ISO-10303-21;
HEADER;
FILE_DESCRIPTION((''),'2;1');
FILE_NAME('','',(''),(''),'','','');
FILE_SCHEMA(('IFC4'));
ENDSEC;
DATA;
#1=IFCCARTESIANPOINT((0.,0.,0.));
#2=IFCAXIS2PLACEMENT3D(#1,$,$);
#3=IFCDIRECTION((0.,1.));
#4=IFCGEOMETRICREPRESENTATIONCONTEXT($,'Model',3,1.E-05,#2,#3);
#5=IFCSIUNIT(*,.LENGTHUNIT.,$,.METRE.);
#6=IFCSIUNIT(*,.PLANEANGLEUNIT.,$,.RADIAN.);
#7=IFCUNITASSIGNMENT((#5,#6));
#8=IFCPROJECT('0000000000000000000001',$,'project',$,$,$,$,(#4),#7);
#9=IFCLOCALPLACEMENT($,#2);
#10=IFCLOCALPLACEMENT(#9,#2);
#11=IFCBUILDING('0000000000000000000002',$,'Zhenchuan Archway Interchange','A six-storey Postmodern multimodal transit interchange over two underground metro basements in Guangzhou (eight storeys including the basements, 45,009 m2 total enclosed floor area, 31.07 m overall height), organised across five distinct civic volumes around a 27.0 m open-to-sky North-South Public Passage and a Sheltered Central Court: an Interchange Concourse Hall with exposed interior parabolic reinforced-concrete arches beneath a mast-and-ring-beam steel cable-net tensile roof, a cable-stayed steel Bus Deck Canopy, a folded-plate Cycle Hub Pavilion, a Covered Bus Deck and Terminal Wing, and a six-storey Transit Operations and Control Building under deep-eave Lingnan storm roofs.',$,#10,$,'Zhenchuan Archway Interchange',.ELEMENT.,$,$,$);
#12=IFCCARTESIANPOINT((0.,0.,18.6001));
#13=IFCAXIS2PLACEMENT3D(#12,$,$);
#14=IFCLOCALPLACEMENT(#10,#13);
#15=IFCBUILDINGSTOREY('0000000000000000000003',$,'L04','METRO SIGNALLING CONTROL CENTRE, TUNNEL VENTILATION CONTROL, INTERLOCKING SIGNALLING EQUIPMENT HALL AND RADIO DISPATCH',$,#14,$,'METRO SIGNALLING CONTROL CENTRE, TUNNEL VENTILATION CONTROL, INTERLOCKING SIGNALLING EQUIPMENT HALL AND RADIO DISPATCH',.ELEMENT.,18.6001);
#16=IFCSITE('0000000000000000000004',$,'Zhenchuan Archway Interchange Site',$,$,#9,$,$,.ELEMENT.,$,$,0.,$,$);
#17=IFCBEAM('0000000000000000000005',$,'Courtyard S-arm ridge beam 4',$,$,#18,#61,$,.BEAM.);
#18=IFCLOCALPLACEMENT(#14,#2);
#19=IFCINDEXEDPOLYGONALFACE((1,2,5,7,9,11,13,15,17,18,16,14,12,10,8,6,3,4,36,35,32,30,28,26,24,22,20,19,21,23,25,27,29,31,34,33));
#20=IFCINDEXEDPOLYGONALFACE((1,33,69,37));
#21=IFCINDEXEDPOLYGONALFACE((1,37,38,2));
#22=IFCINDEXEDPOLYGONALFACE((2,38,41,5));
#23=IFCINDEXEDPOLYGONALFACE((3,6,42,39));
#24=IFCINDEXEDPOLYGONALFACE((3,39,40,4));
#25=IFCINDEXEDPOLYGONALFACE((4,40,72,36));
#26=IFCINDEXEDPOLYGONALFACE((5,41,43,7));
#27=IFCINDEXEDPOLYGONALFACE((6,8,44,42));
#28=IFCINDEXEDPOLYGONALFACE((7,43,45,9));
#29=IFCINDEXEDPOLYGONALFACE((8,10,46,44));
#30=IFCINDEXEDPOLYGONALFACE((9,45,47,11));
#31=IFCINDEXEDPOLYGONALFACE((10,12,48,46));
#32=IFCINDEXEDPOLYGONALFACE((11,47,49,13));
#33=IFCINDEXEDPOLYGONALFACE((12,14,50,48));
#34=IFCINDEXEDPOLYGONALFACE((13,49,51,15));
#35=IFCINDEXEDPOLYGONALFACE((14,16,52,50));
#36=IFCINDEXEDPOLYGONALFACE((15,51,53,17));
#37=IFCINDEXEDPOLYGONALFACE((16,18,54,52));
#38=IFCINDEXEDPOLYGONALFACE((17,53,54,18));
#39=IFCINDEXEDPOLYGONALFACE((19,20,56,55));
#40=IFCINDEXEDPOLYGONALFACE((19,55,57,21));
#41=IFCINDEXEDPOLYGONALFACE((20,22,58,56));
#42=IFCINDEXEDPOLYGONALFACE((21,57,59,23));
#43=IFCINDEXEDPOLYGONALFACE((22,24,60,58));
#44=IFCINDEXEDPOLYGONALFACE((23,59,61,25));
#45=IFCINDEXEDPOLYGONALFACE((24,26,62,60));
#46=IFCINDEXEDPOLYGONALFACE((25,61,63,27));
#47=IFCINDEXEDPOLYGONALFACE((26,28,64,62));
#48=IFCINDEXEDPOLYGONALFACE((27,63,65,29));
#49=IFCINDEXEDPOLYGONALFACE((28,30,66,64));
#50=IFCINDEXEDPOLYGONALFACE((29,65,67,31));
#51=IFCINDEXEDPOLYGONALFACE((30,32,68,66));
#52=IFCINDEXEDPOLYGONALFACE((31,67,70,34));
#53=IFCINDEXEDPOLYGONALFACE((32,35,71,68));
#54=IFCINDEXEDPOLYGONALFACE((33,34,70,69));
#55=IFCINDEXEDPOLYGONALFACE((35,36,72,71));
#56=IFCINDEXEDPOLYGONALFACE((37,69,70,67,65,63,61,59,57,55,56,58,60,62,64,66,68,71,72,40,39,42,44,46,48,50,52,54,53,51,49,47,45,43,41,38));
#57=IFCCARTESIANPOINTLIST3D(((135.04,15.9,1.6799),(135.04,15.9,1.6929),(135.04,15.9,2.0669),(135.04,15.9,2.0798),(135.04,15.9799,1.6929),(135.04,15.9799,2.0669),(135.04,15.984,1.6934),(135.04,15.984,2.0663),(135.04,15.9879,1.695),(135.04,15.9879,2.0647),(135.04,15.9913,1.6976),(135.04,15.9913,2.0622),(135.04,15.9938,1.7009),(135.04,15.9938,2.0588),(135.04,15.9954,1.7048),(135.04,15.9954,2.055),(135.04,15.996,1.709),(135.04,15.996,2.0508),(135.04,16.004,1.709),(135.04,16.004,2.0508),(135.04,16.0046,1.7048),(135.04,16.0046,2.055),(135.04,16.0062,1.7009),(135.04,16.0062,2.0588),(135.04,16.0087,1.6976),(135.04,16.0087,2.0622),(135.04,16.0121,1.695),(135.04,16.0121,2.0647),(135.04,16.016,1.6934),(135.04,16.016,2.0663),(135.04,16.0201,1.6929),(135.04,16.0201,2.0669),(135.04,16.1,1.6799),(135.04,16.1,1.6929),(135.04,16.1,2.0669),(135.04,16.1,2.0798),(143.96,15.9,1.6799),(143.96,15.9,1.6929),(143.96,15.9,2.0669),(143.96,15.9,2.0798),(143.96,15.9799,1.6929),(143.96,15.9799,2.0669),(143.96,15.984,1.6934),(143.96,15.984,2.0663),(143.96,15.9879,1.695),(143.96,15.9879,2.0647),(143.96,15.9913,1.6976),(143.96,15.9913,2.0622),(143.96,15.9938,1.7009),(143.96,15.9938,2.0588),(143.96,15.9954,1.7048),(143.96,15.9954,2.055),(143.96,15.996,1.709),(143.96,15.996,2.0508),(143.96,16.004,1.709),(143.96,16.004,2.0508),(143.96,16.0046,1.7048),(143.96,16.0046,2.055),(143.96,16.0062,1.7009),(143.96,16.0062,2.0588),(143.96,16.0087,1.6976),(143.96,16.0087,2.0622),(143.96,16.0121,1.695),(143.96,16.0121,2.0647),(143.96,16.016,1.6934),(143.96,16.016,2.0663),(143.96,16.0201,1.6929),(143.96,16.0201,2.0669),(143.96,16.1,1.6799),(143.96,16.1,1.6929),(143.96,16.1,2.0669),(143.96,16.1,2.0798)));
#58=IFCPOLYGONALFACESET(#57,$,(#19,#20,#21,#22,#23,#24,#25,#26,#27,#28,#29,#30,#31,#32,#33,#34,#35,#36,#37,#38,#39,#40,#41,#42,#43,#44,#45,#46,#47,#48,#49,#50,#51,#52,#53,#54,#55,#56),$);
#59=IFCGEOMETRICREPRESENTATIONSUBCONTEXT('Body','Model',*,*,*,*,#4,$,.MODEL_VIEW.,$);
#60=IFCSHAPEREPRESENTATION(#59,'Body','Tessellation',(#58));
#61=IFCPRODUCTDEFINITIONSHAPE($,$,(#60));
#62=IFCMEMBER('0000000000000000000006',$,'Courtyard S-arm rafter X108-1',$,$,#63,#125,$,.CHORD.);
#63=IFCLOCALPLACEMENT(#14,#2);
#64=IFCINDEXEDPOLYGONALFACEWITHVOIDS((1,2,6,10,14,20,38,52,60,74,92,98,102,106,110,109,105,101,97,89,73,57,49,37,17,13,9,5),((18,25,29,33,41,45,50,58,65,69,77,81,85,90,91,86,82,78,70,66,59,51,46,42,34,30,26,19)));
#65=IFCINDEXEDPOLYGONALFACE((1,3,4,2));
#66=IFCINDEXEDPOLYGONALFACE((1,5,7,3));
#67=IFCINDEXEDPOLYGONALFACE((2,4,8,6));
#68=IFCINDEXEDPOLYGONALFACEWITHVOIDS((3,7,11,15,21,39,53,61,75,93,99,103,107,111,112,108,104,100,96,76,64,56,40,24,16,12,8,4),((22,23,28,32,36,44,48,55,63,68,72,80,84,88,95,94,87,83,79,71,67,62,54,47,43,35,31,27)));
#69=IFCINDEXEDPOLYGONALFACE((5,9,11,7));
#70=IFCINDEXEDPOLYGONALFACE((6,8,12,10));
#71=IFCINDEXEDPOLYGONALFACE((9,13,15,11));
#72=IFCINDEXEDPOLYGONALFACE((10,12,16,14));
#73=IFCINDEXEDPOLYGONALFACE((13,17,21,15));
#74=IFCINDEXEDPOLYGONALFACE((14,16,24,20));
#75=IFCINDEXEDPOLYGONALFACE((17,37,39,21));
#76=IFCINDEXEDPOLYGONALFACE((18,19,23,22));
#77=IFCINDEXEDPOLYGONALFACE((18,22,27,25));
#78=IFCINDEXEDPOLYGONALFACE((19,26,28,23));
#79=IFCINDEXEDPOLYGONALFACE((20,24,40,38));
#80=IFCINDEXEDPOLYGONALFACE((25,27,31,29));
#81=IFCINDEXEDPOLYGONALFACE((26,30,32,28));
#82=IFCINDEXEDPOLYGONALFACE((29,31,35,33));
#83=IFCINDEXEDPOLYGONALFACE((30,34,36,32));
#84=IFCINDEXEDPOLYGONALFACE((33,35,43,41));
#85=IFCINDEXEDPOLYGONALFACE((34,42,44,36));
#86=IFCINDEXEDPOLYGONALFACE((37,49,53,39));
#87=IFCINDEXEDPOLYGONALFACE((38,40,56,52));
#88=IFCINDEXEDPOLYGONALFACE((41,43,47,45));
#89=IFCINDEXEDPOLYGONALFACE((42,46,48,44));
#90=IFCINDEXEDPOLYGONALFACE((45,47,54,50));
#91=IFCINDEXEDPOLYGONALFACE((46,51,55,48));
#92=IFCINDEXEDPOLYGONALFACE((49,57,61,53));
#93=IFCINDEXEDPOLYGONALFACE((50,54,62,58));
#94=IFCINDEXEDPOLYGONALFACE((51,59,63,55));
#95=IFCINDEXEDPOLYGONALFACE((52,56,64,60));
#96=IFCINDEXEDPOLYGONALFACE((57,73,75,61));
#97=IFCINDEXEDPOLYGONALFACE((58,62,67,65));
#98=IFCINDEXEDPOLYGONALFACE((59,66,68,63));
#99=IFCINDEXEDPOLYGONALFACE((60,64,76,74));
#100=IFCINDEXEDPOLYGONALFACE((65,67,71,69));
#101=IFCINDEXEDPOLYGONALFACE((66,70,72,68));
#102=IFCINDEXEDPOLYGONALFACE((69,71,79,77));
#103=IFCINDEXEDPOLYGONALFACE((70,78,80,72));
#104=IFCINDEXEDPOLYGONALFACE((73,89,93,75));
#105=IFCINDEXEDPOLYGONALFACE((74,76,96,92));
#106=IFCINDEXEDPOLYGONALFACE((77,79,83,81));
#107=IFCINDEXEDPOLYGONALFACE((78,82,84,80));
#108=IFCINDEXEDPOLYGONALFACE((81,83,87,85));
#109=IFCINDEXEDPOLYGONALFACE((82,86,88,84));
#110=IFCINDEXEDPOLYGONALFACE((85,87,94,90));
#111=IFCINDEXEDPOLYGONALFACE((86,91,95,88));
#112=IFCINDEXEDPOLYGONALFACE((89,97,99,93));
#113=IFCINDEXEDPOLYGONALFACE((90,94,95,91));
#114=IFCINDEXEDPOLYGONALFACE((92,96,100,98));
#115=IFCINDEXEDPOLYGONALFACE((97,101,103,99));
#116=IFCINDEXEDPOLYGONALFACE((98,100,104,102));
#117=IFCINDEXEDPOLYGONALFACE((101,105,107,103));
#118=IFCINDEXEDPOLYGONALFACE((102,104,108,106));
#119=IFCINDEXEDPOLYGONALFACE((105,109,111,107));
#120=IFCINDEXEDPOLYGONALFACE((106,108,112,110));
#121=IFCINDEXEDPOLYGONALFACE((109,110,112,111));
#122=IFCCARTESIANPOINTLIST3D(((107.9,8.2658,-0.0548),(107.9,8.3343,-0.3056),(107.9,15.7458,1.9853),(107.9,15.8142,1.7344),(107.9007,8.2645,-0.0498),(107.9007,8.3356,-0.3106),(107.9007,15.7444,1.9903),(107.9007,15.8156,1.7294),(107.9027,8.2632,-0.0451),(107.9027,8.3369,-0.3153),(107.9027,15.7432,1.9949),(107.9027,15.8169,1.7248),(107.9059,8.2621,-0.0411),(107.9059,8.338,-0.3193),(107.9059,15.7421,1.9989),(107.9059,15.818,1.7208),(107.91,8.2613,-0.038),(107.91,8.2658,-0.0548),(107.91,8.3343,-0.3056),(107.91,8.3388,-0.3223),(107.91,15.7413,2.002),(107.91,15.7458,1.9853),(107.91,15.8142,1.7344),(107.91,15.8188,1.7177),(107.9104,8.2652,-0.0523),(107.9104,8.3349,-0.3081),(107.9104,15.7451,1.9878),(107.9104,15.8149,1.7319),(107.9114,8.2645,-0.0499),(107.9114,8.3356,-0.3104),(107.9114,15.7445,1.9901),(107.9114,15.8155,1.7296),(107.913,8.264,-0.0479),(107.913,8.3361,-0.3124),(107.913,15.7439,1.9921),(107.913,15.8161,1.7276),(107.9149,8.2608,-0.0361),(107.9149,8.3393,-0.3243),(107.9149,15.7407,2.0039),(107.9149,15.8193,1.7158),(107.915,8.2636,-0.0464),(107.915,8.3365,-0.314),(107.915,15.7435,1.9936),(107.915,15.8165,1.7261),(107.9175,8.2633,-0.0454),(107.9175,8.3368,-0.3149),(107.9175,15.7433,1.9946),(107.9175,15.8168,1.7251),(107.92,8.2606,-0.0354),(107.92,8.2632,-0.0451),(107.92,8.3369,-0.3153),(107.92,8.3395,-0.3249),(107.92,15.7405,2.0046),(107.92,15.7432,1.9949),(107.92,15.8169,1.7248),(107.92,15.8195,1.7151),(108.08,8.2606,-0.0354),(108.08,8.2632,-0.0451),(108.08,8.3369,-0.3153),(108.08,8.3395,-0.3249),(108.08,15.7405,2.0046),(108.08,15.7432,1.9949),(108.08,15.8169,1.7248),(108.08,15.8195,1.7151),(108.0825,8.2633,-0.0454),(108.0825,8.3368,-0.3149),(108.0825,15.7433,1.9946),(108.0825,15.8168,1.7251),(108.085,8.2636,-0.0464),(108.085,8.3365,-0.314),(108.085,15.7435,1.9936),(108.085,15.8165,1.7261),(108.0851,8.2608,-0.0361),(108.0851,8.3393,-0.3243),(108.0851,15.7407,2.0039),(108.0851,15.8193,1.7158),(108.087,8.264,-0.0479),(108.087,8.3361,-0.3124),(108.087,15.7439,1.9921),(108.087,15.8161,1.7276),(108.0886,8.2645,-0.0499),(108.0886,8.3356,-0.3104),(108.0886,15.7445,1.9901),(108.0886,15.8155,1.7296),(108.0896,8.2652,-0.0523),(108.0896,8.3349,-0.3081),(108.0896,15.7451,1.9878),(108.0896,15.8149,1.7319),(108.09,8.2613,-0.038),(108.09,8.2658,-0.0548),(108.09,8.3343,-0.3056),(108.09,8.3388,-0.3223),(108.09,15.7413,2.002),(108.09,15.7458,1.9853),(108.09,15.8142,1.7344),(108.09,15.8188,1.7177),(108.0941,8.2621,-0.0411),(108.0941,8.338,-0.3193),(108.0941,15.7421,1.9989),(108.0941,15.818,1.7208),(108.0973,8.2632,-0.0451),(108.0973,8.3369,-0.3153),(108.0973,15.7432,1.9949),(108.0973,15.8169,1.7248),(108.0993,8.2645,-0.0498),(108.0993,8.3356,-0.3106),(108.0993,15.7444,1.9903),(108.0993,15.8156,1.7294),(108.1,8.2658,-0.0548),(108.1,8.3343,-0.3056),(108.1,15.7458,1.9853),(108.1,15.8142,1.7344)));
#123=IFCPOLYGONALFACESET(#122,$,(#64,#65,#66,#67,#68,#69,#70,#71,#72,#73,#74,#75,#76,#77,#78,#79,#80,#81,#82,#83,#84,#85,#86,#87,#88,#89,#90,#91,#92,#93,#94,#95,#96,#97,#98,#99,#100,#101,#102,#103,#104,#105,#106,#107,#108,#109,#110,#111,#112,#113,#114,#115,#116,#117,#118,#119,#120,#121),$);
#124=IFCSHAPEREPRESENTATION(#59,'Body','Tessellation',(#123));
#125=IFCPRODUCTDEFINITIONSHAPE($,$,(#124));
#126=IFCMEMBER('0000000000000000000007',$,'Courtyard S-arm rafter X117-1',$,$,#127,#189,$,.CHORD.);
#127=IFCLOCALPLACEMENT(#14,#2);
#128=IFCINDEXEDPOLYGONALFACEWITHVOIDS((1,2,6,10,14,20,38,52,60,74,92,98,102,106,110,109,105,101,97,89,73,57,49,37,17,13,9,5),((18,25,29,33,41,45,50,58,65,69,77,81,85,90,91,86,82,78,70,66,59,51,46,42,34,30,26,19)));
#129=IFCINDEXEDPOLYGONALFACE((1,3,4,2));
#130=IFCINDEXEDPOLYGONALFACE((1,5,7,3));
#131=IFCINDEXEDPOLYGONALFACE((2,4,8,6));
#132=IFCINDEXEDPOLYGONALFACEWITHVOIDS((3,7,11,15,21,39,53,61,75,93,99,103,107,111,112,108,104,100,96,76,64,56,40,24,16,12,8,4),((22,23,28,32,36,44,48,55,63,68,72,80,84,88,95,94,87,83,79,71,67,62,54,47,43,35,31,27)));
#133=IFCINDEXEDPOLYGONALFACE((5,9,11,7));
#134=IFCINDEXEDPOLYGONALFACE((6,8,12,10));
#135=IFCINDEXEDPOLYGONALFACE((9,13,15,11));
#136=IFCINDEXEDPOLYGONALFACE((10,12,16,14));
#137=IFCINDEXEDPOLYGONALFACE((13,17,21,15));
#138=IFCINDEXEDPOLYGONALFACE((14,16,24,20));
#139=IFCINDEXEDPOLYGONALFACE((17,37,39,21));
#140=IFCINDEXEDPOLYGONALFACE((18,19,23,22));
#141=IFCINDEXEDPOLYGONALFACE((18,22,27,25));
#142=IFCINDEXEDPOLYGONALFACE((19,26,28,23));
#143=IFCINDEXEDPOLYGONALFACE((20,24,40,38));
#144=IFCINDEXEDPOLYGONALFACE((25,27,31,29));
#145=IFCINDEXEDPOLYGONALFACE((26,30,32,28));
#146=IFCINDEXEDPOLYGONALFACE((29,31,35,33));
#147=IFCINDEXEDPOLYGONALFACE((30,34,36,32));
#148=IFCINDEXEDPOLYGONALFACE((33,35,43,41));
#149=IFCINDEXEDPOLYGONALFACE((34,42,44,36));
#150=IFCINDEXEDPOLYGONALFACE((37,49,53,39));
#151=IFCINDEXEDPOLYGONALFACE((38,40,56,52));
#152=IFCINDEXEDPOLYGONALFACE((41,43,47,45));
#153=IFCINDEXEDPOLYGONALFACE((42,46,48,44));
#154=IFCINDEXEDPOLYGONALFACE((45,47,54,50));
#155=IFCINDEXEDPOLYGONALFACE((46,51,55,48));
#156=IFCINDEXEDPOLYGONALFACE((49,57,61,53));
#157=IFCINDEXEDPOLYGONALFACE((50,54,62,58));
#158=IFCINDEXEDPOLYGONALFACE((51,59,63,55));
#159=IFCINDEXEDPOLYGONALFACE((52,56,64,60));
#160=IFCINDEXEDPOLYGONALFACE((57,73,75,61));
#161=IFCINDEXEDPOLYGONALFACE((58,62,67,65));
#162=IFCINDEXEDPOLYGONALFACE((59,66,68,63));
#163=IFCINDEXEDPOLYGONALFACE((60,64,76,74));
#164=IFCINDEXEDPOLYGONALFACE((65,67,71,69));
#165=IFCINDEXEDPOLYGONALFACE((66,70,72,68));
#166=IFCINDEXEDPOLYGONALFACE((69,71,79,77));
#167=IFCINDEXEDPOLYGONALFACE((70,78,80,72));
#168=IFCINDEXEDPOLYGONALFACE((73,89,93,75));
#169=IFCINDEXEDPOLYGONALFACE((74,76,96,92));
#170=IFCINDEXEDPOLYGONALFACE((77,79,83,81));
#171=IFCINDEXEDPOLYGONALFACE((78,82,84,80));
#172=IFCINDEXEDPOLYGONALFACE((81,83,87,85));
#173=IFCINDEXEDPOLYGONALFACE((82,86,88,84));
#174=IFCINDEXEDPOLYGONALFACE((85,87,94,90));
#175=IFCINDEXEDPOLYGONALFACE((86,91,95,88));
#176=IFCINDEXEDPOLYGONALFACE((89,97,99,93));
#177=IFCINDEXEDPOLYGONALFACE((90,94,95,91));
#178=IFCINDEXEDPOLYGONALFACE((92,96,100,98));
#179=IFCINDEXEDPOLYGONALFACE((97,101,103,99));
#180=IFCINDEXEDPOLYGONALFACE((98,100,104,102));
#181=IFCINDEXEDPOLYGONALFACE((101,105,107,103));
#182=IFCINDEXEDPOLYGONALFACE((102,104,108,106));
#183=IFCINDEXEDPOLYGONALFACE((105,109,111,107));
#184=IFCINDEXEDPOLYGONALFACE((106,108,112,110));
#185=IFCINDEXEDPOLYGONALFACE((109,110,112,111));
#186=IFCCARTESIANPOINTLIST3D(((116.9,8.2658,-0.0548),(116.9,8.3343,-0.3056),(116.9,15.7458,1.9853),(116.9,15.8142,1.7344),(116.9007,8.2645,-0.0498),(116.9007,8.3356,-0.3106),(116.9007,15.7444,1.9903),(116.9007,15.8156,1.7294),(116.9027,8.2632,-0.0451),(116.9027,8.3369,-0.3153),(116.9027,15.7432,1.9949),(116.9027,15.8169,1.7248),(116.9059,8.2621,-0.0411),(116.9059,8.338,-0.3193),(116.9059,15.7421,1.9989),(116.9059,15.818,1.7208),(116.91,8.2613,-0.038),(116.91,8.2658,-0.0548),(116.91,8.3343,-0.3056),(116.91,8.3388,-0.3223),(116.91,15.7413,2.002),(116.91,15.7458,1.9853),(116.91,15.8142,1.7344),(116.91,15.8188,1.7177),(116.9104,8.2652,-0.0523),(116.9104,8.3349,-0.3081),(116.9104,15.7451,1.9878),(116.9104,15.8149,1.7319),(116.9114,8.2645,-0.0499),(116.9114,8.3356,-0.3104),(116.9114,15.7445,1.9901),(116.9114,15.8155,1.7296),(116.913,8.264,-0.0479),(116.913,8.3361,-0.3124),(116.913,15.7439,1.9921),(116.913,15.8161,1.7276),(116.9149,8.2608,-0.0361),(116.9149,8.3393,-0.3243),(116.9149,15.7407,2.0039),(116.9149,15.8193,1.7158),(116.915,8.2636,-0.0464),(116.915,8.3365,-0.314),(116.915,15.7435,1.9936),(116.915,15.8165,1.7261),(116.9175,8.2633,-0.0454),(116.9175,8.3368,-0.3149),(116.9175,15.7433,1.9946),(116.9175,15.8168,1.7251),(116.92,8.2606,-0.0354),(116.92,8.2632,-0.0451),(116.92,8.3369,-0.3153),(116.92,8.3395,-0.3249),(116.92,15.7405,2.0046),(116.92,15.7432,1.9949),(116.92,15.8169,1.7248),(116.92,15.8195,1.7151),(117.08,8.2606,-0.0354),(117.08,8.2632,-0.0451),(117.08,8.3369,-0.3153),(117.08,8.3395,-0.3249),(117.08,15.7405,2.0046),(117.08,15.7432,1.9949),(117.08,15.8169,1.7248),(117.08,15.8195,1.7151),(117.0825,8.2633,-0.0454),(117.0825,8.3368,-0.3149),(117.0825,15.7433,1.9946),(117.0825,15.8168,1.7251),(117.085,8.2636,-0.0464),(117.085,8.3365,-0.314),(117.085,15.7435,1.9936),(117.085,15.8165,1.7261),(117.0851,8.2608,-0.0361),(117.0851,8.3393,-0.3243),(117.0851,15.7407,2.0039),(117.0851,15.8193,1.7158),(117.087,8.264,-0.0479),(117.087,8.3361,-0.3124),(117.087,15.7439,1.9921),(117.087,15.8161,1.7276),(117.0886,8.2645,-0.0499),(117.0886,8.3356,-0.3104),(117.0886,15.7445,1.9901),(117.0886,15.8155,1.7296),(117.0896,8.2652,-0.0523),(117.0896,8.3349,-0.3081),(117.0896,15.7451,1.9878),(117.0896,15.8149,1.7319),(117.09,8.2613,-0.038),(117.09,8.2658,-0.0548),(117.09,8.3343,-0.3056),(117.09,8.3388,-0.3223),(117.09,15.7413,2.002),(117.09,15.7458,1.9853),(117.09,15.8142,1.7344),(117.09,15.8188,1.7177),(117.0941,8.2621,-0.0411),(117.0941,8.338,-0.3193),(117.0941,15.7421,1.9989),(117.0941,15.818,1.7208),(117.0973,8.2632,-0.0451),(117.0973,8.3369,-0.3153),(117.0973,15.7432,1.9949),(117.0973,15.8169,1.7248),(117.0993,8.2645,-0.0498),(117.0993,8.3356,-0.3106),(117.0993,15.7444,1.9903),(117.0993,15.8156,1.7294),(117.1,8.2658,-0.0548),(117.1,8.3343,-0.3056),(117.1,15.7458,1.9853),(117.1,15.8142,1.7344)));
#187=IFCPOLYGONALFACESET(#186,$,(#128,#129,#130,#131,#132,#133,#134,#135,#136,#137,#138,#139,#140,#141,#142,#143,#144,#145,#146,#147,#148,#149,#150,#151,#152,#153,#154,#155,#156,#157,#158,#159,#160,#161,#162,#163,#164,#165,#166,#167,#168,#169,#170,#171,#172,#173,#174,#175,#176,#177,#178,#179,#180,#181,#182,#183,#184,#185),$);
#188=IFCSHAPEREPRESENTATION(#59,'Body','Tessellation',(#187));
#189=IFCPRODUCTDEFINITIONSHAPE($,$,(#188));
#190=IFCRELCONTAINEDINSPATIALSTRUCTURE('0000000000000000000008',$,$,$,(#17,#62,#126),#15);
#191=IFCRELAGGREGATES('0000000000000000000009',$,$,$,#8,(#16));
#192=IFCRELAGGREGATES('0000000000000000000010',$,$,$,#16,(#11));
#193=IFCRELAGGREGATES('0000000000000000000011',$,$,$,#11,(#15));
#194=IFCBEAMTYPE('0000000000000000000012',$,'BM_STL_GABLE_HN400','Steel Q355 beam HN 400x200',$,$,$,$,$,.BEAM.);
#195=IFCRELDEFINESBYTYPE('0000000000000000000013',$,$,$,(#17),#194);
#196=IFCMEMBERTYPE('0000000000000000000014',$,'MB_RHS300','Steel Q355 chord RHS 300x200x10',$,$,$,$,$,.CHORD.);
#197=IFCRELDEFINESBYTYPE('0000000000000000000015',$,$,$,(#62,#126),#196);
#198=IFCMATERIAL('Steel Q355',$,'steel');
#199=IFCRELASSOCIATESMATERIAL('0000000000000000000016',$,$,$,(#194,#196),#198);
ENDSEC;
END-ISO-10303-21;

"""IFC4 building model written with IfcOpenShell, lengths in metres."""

from ifc_helpers import new_model, si_unit, direction, frame, origin, origin_2d, place, context, subcontext, project, spatial, hollow_rectangle, i_section, extrude, material, material_profile, profile_set, type_object, element, save


model = new_model("IFC4")

# Units and contexts
model_context = context("Model", 3, precision=1e-05, world=origin(), true_north=direction((0.0, 1.0)))
body_context = subcontext(model_context, "Body", "Model", "MODEL_VIEW")
ifc_project = project(units=[si_unit("LENGTHUNIT", "METRE"), si_unit("PLANEANGLEUNIT", "RADIAN")], contexts=[model_context])

# Site, building, storey
site_placement = place(None, origin())
site = spatial("IfcSite", under=ifc_project, at=site_placement, Name="Zhenchuan Archway Interchange Site", CompositionType="ELEMENT", RefElevation=0.0)
building_placement = place(site_placement, origin())
building = spatial("IfcBuilding", under=site, at=building_placement, Name="Zhenchuan Archway Interchange", Description="A six-storey Postmodern multimodal transit interchange over two underground metro basements in Guangzhou (eight storeys including the basements, 45,009 m2 total enclosed floor area, 31.07 m overall height), organised across five distinct civic volumes around a 27.0 m open-to-sky North-South Public Passage and a Sheltered Central Court: an Interchange Concourse Hall with exposed interior parabolic reinforced-concrete arches beneath a mast-and-ring-beam steel cable-net tensile roof, a cable-stayed steel Bus Deck Canopy, a folded-plate Cycle Hub Pavilion, a Covered Bus Deck and Terminal Wing, and a six-storey Transit Operations and Control Building under deep-eave Lingnan storm roofs.", LongName="Zhenchuan Archway Interchange", CompositionType="ELEMENT")
storey_placement = place(building_placement, frame((0.0, 0.0, 18.6001)))
storey = spatial("IfcBuildingStorey", under=building, at=storey_placement, Name="L04", Description="METRO SIGNALLING CONTROL CENTRE, TUNNEL VENTILATION CONTROL, INTERLOCKING SIGNALLING EQUIPMENT HALL AND RADIO DISPATCH", LongName="METRO SIGNALLING CONTROL CENTRE, TUNNEL VENTILATION CONTROL, INTERLOCKING SIGNALLING EQUIPMENT HALL AND RADIO DISPATCH", CompositionType="ELEMENT", Elevation=18.6001)

# Shared definitions
ifc_material_1 = material(Name="Steel Q355", Category="steel")

# Beam
ifc_material_profile_1 = material_profile(ifc_material_1, i_section(OverallWidth=0.2, OverallDepth=0.3999, WebThickness=0.0081, FlangeThickness=0.0129, FilletRadius=0.0161, at=origin_2d()), Name="HN 400x200")
ifc_profile_set_1 = profile_set([ifc_material_profile_1], Name="Steel Q355")
beam_type_1 = type_object("IfcBeamType", Name="BM_STL_GABLE_HN400", Description="Steel Q355 beam HN 400x200", PredefinedType="BEAM", material=ifc_profile_set_1)
for number, where, z_axis, x_axis, name in (
    (1, (135.04, 16.0, 1.8799), (1.0, 0.0, 0.0), (0.0, 1.0, 0.0), "Courtyard S-arm ridge beam 4"),
):
    element("IfcBeam", number, at=place(storey_placement, frame(where, z_axis=z_axis, x_axis=x_axis)), inside=storey, type_object=beam_type_1, Name=name, PredefinedType="BEAM", context=body_context, shape_type="SweptSolid", body=[
        extrude(i_section(OverallWidth=0.2, OverallDepth=0.3999, WebThickness=0.0081, FlangeThickness=0.0129, FilletRadius=0.0161, at=origin_2d()), origin(), (0.0, 0.0, 1.0), 8.9199),
    ])

# Members
ifc_material_profile_2 = material_profile(ifc_material_1, hollow_rectangle(XDim=0.2, YDim=0.3, WallThickness=0.01, InnerFilletRadius=0.01, OuterFilletRadius=0.02, at=origin_2d()), Name="RHS 300x200x10")
ifc_profile_set_2 = profile_set([ifc_material_profile_2], Name="Steel Q355")
member_type = type_object("IfcMemberType", Name="MB_RHS300", Description="Steel Q355 chord RHS 300x200x10", PredefinedType="CHORD", material=ifc_profile_set_2)
for number, where, z_axis, x_axis, name in (
    (2, (108.0, 8.3, -0.1802), (0.0, 0.964762, 0.263123), (-1.0, 0.0, 0.0), "Courtyard S-arm rafter X108-1"),
    (3, (117.0, 8.3, -0.1802), (0.0, 0.964762, 0.263123), (-1.0, 0.0, 0.0), "Courtyard S-arm rafter X117-1"),
):
    element("IfcMember", number, at=place(storey_placement, frame(where, z_axis=z_axis, x_axis=x_axis)), inside=storey, type_object=member_type, Name=name, PredefinedType="CHORD", context=body_context, shape_type="SweptSolid", body=[
        extrude(hollow_rectangle(XDim=0.2, YDim=0.3, WallThickness=0.01, InnerFilletRadius=0.01, OuterFilletRadius=0.02, at=origin_2d()), origin(), (0.0, 0.0, 1.0), 7.7532),
    ])

save(model, "model.ifc")
